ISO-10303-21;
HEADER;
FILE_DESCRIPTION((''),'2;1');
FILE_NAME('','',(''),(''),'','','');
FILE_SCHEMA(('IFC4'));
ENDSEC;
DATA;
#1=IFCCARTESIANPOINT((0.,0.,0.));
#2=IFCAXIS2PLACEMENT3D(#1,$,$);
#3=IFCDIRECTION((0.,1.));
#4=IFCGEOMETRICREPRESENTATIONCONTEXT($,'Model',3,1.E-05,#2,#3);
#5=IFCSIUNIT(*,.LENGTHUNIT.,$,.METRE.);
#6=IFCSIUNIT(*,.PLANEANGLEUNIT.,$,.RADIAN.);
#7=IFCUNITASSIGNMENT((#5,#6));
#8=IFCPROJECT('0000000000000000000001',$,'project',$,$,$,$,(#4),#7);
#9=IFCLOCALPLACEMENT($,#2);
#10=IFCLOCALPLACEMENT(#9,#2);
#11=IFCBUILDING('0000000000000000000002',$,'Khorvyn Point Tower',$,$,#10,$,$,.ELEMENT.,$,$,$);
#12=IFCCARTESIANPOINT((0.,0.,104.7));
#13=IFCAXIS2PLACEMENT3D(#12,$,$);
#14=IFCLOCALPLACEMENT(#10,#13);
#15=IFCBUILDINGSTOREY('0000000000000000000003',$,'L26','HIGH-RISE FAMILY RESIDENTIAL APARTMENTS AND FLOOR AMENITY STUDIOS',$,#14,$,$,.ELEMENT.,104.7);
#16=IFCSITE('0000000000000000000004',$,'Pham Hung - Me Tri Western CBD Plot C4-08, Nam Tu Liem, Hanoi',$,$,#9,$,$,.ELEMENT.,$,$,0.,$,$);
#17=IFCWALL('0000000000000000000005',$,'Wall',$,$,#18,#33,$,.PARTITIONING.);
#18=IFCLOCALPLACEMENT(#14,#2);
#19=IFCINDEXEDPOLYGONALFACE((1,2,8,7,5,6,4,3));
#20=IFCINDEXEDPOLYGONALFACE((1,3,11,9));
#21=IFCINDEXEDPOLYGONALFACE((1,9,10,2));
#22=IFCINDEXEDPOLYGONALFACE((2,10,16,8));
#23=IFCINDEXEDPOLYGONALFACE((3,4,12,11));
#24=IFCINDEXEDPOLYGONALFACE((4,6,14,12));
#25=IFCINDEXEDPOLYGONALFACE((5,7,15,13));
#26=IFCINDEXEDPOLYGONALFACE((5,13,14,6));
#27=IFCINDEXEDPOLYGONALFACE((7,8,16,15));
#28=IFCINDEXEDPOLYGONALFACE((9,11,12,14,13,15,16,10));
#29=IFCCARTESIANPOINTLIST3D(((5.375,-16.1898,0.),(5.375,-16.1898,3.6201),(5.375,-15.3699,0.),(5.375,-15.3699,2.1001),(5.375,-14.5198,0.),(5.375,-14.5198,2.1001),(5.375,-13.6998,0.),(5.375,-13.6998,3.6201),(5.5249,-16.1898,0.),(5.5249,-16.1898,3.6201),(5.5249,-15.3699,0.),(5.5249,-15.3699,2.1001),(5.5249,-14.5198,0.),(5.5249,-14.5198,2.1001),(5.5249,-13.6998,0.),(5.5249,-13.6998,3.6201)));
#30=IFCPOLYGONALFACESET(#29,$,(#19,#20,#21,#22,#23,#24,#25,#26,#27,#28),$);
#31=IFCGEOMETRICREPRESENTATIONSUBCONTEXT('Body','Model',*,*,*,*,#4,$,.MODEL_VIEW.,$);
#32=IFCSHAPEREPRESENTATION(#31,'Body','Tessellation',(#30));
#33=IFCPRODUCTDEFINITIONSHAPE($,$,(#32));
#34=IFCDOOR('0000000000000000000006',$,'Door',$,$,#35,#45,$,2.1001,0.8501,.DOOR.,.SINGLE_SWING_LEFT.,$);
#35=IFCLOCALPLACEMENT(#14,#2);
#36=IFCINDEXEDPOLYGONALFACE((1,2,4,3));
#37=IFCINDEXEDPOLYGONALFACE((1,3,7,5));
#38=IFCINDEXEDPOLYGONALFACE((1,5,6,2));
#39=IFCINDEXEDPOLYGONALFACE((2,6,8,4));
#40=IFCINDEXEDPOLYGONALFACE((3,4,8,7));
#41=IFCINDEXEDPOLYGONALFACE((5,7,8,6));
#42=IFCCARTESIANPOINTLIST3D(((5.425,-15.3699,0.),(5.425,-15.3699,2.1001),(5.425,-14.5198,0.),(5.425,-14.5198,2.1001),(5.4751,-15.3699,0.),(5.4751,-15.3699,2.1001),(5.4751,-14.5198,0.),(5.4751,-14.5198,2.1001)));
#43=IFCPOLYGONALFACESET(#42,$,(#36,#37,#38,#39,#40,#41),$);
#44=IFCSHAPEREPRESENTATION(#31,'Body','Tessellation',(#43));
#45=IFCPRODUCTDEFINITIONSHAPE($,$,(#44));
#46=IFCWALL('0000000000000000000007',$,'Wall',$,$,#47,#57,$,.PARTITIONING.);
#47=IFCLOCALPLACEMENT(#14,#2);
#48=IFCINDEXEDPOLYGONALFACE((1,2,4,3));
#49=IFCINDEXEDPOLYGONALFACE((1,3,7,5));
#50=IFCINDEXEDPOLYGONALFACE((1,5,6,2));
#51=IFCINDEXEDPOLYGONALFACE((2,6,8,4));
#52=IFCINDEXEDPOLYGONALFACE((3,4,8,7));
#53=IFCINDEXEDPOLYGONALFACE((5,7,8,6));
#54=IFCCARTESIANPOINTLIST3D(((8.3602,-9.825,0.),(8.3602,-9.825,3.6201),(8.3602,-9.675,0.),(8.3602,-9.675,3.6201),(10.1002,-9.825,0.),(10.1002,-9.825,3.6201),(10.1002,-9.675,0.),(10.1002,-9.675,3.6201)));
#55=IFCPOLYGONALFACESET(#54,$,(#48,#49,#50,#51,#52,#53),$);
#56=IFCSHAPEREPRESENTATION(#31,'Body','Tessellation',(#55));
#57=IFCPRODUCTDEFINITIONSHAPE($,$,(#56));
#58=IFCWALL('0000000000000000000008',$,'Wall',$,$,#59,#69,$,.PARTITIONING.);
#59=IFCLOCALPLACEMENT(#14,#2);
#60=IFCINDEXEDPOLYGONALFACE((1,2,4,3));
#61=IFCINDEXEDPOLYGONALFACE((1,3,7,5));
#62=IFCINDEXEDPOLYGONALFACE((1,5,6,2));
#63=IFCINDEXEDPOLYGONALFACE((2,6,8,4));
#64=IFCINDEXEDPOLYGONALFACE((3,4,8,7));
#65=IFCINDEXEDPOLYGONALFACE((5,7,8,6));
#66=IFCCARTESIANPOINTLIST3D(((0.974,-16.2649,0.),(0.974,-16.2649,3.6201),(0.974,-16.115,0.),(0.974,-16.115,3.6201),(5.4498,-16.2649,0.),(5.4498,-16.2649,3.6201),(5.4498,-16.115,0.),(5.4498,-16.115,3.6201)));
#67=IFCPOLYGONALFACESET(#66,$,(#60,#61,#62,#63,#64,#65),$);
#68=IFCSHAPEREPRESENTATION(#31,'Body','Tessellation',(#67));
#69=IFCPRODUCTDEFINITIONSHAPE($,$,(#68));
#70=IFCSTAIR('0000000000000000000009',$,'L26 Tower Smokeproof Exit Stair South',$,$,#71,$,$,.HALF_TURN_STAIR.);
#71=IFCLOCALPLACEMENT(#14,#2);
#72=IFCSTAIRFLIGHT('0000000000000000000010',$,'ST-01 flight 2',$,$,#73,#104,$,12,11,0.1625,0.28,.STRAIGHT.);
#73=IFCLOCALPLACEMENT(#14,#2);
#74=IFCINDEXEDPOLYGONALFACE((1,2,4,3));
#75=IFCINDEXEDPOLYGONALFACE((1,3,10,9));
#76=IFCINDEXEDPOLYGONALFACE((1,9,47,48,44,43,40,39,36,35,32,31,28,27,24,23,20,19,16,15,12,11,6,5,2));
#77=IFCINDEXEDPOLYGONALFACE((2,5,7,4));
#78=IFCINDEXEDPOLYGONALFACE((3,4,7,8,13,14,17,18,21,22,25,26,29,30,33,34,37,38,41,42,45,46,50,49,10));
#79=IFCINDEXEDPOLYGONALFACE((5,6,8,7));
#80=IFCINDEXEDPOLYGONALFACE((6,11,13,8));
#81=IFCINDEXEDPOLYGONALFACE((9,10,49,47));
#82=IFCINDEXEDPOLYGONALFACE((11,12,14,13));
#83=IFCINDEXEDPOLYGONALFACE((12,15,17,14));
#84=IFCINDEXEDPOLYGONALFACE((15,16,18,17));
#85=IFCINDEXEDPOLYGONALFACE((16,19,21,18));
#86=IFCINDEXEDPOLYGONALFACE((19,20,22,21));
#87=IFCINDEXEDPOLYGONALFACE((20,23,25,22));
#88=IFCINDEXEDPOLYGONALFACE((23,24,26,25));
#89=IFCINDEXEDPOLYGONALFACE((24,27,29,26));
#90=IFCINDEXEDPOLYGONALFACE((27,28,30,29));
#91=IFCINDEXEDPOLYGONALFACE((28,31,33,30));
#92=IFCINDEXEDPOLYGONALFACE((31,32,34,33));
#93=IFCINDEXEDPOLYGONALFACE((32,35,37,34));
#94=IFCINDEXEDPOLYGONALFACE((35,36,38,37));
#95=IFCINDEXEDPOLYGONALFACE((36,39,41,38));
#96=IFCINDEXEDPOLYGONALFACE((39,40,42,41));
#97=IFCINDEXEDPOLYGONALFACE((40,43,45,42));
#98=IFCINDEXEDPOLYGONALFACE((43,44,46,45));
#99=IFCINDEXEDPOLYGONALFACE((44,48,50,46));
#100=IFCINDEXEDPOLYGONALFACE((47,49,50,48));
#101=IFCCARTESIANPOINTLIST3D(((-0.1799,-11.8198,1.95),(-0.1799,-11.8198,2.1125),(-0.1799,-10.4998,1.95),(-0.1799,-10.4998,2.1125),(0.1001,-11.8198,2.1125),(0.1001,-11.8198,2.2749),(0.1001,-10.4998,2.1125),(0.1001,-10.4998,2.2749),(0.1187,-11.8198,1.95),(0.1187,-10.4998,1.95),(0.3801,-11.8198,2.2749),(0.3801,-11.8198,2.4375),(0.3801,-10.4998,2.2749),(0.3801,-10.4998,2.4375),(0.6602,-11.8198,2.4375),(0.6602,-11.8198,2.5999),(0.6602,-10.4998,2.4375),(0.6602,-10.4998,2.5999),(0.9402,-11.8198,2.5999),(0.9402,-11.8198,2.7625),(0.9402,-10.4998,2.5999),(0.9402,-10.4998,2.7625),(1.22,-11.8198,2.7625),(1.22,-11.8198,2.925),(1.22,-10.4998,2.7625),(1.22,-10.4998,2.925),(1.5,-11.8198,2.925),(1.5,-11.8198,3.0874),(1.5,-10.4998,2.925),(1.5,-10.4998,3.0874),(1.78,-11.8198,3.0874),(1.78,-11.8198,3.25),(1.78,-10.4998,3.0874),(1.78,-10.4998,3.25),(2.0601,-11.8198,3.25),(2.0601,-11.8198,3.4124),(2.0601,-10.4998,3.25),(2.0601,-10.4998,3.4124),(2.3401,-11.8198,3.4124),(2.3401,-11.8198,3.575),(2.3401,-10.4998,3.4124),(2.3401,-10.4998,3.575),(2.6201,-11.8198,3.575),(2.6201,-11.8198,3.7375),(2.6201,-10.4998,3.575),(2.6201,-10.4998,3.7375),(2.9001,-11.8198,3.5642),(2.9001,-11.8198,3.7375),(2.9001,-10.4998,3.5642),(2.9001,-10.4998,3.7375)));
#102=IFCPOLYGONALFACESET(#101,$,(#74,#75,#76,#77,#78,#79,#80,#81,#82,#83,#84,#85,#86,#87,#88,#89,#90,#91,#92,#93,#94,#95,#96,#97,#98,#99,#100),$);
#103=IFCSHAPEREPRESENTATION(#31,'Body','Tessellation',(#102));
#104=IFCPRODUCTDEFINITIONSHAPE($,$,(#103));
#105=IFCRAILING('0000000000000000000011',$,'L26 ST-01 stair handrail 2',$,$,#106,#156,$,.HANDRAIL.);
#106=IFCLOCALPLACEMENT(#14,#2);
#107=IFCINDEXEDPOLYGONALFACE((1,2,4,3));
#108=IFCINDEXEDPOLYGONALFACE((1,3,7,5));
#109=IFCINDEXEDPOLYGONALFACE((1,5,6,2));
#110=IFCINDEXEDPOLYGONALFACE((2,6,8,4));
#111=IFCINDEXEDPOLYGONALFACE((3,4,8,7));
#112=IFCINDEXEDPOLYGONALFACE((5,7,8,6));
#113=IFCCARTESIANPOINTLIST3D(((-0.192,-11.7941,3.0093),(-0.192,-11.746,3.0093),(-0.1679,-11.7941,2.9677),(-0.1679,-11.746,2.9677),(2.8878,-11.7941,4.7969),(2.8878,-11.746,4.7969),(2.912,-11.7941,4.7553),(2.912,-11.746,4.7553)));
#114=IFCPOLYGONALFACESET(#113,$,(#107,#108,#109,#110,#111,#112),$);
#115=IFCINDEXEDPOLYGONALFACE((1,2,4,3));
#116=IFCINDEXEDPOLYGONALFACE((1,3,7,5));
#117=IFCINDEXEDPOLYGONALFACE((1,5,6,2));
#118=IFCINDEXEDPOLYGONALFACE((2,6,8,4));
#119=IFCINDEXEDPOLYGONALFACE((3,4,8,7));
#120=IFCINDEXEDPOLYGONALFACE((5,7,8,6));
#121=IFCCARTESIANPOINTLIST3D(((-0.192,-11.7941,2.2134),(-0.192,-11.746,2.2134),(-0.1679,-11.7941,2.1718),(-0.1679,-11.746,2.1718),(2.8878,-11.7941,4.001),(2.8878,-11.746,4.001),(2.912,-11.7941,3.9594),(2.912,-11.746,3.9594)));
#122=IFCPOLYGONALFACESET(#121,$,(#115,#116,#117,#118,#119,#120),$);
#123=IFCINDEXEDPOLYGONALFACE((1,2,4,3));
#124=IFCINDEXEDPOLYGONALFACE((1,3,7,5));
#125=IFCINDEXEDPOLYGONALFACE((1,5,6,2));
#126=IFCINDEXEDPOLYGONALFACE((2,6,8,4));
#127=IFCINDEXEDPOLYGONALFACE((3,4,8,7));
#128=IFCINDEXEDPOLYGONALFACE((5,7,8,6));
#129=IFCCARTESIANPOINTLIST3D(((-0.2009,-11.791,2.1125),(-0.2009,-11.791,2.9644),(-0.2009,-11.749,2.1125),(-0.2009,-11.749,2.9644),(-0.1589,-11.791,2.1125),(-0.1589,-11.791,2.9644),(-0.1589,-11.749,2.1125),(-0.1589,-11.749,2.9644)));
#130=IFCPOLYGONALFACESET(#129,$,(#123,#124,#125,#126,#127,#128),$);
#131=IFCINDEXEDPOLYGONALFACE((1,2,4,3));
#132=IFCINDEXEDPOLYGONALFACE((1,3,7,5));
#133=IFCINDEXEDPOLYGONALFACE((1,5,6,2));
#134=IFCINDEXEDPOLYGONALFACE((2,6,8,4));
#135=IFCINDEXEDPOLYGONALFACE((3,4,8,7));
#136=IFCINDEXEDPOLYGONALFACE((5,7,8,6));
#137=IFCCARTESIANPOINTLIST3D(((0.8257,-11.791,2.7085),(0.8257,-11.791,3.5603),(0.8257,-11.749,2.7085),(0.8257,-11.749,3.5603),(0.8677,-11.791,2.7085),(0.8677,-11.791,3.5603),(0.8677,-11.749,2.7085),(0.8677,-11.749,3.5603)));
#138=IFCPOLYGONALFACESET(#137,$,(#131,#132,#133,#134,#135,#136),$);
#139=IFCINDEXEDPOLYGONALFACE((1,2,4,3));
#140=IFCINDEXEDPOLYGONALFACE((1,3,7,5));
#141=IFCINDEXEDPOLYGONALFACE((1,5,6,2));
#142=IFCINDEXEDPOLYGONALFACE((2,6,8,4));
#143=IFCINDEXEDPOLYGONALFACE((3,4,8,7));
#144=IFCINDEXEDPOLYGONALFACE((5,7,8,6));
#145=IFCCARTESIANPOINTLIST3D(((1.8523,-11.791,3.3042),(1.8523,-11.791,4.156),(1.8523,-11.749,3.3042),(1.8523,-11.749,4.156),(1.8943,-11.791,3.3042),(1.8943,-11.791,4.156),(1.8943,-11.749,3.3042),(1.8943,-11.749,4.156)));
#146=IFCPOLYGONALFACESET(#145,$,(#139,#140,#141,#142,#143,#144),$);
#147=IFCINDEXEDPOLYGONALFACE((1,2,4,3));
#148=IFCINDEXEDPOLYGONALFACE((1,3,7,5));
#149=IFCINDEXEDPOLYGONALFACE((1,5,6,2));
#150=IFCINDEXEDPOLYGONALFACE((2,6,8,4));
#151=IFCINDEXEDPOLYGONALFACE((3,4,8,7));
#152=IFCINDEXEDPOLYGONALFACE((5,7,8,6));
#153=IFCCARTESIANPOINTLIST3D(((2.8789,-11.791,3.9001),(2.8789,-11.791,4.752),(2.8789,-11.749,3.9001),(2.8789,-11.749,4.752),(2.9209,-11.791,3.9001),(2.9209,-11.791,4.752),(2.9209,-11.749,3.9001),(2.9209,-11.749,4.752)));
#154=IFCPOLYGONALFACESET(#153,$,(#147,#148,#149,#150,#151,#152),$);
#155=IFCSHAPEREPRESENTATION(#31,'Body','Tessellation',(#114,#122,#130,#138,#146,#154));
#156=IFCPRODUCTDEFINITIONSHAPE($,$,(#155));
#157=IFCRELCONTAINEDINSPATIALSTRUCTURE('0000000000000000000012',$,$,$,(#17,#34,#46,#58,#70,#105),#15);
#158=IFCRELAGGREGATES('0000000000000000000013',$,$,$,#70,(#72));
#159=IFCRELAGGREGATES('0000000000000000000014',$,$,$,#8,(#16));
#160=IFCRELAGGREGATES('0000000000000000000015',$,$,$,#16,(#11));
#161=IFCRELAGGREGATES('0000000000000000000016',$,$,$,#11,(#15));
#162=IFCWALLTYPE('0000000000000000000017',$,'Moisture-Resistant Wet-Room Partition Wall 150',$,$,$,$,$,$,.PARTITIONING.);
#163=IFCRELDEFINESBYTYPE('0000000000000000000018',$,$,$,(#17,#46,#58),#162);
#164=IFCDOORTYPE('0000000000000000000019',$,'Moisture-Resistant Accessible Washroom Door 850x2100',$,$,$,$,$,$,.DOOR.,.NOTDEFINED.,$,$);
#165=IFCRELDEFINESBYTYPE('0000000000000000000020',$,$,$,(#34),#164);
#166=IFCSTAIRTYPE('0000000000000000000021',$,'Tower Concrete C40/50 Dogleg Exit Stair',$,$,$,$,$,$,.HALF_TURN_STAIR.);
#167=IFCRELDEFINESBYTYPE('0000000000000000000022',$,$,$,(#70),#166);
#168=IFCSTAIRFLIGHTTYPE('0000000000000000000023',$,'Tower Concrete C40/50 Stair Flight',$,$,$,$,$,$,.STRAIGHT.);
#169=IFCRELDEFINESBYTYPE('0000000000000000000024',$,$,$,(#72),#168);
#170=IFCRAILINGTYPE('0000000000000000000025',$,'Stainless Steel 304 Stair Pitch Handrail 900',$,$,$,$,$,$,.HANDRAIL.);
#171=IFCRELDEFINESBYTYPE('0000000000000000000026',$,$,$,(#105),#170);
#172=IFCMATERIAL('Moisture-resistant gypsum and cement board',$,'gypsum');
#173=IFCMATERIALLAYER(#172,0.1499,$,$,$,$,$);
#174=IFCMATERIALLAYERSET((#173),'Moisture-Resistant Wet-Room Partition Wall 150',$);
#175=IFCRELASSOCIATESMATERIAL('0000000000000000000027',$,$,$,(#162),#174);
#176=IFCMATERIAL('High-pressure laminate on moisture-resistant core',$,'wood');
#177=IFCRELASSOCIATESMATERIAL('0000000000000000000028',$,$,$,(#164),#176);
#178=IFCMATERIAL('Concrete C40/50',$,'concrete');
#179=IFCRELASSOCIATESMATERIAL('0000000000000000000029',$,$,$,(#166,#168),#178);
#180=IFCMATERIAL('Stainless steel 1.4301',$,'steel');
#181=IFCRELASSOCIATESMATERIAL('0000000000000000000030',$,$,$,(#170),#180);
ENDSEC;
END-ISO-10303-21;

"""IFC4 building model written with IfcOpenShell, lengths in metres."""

from ifc_helpers import new_model, si_unit, direction, frame, frame_2d, origin, origin_2d, place, context, subcontext, project, spatial, polyline, rectangle, outline, extrude, material, layer, layer_set, type_object, element, fill, aggregate, save


model = new_model("IFC4")

# Units and contexts
model_context = context("Model", 3, precision=1e-05, world=origin(), true_north=direction((0.0, 1.0)))
body_context = subcontext(model_context, "Body", "Model", "MODEL_VIEW")
ifc_project = project(units=[si_unit("LENGTHUNIT", "METRE"), si_unit("PLANEANGLEUNIT", "RADIAN")], contexts=[model_context])

# Site, building, storey
site_placement = place(None, origin())
site = spatial("IfcSite", under=ifc_project, at=site_placement, Name="Pham Hung - Me Tri Western CBD Plot C4-08, Nam Tu Liem, Hanoi", CompositionType="ELEMENT", RefElevation=0.0)
building_placement = place(site_placement, origin())
building = spatial("IfcBuilding", under=site, at=building_placement, Name="Khorvyn Point Tower", CompositionType="ELEMENT")
storey_placement = place(building_placement, frame((0.0, 0.0, 104.7)))
storey = spatial("IfcBuildingStorey", under=building, at=storey_placement, Name="L26", Description="HIGH-RISE FAMILY RESIDENTIAL APARTMENTS AND FLOOR AMENITY STUDIOS", CompositionType="ELEMENT", Elevation=104.7)

# Shared definitions
ifc_material_1 = material(Name="Concrete C40/50", Category="concrete")

# Wall, opening, door
ifc_material_2 = material(Name="Moisture-resistant gypsum and cement board", Category="gypsum")
ifc_layer_1 = layer(ifc_material_2, 0.1499)
ifc_layer_set_1 = layer_set([ifc_layer_1], Name="Moisture-Resistant Wet-Room Partition Wall 150")
wall_type_1 = type_object("IfcWallType", Name="Moisture-Resistant Wet-Room Partition Wall 150", PredefinedType="PARTITIONING", material=ifc_layer_set_1)
ifc_material_3 = material(Name="High-pressure laminate on moisture-resistant core", Category="wood")
door_type_1 = type_object("IfcDoorType", Name="Moisture-Resistant Accessible Washroom Door 850x2100", OperationType="NOTDEFINED", PredefinedType="DOOR", material=ifc_material_3)
wall_1_placement = place(storey_placement, frame((5.45, -16.1899, 0.0), z_axis=(0.0, 0.0, 1.0), x_axis=(0.0, 1.0, 0.0)))
wall_1 = element("IfcWall", 1, at=wall_1_placement, inside=storey, type_object=wall_type_1, Name="Wall", PredefinedType="PARTITIONING", context=body_context, shape_type="SweptSolid", body=[
    extrude(rectangle(XDim=2.49, YDim=0.1499, at=frame_2d((1.2451, 0.0))), origin(), (0.0, 0.0, 1.0), 3.6201),
])
opening_1_placement = place(wall_1_placement, frame((0.8201, 0.0, 0.0)))
opening_1 = element("IfcOpeningElement", 2, at=opening_1_placement, cuts=wall_1, PredefinedType="OPENING", context=body_context, shape_type="SweptSolid", body=[
    extrude(rectangle(XDim=0.8501, YDim=2.1001, at=frame_2d((0.425, 1.05))), frame((0.0, 0.085, 0.0), z_axis=(0.0, -1.0, 0.0), x_axis=(1.0, 0.0, 0.0)), (0.0, 0.0, 1.0), 0.1699),
])
door_1_placement = place(opening_1_placement, origin())
door_1 = element("IfcDoor", 3, at=door_1_placement, inside=storey, type_object=door_type_1, Name="Door", OperationType="SINGLE_SWING_LEFT", OverallHeight=2.1001, OverallWidth=0.8501, PredefinedType="DOOR", context=body_context, shape_type="SweptSolid", body=[
    extrude(rectangle(XDim=0.8501, YDim=2.1001, at=frame_2d((0.425, 1.05))), frame((0.0, 0.0249, 0.0), z_axis=(0.0, -1.0, 0.0), x_axis=(1.0, 0.0, 0.0)), (0.0, 0.0, 1.0), 0.05),
])
fill(opening_1, door_1)

# Walls
wall_2_placement = place(storey_placement, frame((8.3601, -9.75, 0.0), z_axis=(0.0, 0.0, 1.0), x_axis=(1.0, 0.0, 0.0)))
element("IfcWall", 4, at=wall_2_placement, inside=storey, type_object=wall_type_1, Name="Wall", PredefinedType="PARTITIONING", context=body_context, shape_type="SweptSolid", body=[
    extrude(rectangle(XDim=1.74, YDim=0.1499, at=frame_2d((0.8701, 0.0))), origin(), (0.0, 0.0, 1.0), 3.6201),
])
wall_3_placement = place(storey_placement, frame((0.9741, -16.1899, 0.0), z_axis=(0.0, 0.0, 1.0), x_axis=(1.0, 0.0, 0.0)))
element("IfcWall", 5, at=wall_3_placement, inside=storey, type_object=wall_type_1, Name="Wall", PredefinedType="PARTITIONING", context=body_context, shape_type="SweptSolid", body=[
    extrude(rectangle(XDim=4.4758, YDim=0.1499, at=frame_2d((2.2378, 0.0))), origin(), (0.0, 0.0, 1.0), 3.6201),
])

# Stair, stair flight
stair_type = type_object("IfcStairType", Name="Tower Concrete C40/50 Dogleg Exit Stair", PredefinedType="HALF_TURN_STAIR", material=ifc_material_1)
stair_placement = place(storey_placement, origin())
stair = element("IfcStair", 6, at=stair_placement, inside=storey, type_object=stair_type, Name="L26 Tower Smokeproof Exit Stair South", PredefinedType="HALF_TURN_STAIR")
stair_flight_type = type_object("IfcStairFlightType", Name="Tower Concrete C40/50 Stair Flight", PredefinedType="STRAIGHT", material=ifc_material_1)
stair_flight_placement = place(storey_placement, frame((-0.1799, -11.1599, 1.95), z_axis=(0.0, 0.0, 1.0), x_axis=(1.0, 0.0, 0.0)))
stair_flight = element("IfcStairFlight", 7, at=stair_flight_placement, type_object=stair_flight_type, Name="ST-01 flight 2", NumberOfRisers=12, NumberOfTreads=11, PredefinedType="STRAIGHT", RiserHeight=0.1625, TreadLength=0.28, context=body_context, shape_type="SweptSolid", body=[
    extrude(outline(polyline([(0.0, 0.0), (0.0, 0.1626), (0.28, 0.1626), (0.28, 0.325), (0.5601, 0.325), (0.5601, 0.4875), (0.8401, 0.4875), (0.8401, 0.6499), (1.1201, 0.6499), (1.1201, 0.8125), (1.3999, 0.8125), (1.3999, 0.9751), (1.6799, 0.9751), (1.6799, 1.1375), (1.96, 1.1375), (1.96, 1.3), (2.24, 1.3), (2.24, 1.4624), (2.52, 1.4624), (2.52, 1.625), (2.8, 1.625), (2.8, 1.7876), (3.0801, 1.7876), (3.0801, 1.95), (3.0801, 1.6143), (0.2986, 0.0), (0.0, 0.0)])), frame((0.0, 0.6602, 0.0), z_axis=(0.0, -1.0, 0.0), x_axis=(1.0, 0.0, 0.0)), (0.0, 0.0, 1.0), 1.3201),
])
aggregate(stair, [stair_flight])

# Railing
ifc_material_4 = material(Name="Stainless steel 1.4301", Category="steel")
railing_type_1 = type_object("IfcRailingType", Name="Stainless Steel 304 Stair Pitch Handrail 900", PredefinedType="HANDRAIL", material=ifc_material_4)
railing_1_placement = place(storey_placement, frame((-0.1799, -11.77, 2.1125)))
element("IfcRailing", 8, at=railing_1_placement, inside=storey, type_object=railing_type_1, Name="L26 ST-01 stair handrail 2", PredefinedType="HANDRAIL", context=body_context, shape_type="SweptSolid", body=[
    extrude(rectangle(XDim=0.0481, YDim=0.0481, at=origin_2d()), frame((0.0, 0.0, 0.876), z_axis=(0.864873, 0.0, 0.50199), x_axis=(0.0, 1.0, 0.0)), (0.0, 0.0, 1.0), 3.561),
    extrude(rectangle(XDim=0.0481, YDim=0.0481, at=origin_2d()), frame((0.0, 0.0, 0.0801), z_axis=(0.864873, 0.0, 0.50199), x_axis=(0.0, 1.0, 0.0)), (0.0, 0.0, 1.0), 3.561),
    extrude(rectangle(XDim=0.042, YDim=0.042, at=origin_2d()), origin(), (0.0, 0.0, 1.0), 0.8518),
    extrude(rectangle(XDim=0.042, YDim=0.042, at=origin_2d()), frame((1.0266, 0.0, 0.5959)), (0.0, 0.0, 1.0), 0.8518),
    extrude(rectangle(XDim=0.042, YDim=0.042, at=origin_2d()), frame((2.0532, 0.0, 1.1917)), (0.0, 0.0, 1.0), 0.8518),
    extrude(rectangle(XDim=0.042, YDim=0.042, at=origin_2d()), frame((3.0798, 0.0, 1.7876)), (0.0, 0.0, 1.0), 0.8518),
])

save(model, "model.ifc")
